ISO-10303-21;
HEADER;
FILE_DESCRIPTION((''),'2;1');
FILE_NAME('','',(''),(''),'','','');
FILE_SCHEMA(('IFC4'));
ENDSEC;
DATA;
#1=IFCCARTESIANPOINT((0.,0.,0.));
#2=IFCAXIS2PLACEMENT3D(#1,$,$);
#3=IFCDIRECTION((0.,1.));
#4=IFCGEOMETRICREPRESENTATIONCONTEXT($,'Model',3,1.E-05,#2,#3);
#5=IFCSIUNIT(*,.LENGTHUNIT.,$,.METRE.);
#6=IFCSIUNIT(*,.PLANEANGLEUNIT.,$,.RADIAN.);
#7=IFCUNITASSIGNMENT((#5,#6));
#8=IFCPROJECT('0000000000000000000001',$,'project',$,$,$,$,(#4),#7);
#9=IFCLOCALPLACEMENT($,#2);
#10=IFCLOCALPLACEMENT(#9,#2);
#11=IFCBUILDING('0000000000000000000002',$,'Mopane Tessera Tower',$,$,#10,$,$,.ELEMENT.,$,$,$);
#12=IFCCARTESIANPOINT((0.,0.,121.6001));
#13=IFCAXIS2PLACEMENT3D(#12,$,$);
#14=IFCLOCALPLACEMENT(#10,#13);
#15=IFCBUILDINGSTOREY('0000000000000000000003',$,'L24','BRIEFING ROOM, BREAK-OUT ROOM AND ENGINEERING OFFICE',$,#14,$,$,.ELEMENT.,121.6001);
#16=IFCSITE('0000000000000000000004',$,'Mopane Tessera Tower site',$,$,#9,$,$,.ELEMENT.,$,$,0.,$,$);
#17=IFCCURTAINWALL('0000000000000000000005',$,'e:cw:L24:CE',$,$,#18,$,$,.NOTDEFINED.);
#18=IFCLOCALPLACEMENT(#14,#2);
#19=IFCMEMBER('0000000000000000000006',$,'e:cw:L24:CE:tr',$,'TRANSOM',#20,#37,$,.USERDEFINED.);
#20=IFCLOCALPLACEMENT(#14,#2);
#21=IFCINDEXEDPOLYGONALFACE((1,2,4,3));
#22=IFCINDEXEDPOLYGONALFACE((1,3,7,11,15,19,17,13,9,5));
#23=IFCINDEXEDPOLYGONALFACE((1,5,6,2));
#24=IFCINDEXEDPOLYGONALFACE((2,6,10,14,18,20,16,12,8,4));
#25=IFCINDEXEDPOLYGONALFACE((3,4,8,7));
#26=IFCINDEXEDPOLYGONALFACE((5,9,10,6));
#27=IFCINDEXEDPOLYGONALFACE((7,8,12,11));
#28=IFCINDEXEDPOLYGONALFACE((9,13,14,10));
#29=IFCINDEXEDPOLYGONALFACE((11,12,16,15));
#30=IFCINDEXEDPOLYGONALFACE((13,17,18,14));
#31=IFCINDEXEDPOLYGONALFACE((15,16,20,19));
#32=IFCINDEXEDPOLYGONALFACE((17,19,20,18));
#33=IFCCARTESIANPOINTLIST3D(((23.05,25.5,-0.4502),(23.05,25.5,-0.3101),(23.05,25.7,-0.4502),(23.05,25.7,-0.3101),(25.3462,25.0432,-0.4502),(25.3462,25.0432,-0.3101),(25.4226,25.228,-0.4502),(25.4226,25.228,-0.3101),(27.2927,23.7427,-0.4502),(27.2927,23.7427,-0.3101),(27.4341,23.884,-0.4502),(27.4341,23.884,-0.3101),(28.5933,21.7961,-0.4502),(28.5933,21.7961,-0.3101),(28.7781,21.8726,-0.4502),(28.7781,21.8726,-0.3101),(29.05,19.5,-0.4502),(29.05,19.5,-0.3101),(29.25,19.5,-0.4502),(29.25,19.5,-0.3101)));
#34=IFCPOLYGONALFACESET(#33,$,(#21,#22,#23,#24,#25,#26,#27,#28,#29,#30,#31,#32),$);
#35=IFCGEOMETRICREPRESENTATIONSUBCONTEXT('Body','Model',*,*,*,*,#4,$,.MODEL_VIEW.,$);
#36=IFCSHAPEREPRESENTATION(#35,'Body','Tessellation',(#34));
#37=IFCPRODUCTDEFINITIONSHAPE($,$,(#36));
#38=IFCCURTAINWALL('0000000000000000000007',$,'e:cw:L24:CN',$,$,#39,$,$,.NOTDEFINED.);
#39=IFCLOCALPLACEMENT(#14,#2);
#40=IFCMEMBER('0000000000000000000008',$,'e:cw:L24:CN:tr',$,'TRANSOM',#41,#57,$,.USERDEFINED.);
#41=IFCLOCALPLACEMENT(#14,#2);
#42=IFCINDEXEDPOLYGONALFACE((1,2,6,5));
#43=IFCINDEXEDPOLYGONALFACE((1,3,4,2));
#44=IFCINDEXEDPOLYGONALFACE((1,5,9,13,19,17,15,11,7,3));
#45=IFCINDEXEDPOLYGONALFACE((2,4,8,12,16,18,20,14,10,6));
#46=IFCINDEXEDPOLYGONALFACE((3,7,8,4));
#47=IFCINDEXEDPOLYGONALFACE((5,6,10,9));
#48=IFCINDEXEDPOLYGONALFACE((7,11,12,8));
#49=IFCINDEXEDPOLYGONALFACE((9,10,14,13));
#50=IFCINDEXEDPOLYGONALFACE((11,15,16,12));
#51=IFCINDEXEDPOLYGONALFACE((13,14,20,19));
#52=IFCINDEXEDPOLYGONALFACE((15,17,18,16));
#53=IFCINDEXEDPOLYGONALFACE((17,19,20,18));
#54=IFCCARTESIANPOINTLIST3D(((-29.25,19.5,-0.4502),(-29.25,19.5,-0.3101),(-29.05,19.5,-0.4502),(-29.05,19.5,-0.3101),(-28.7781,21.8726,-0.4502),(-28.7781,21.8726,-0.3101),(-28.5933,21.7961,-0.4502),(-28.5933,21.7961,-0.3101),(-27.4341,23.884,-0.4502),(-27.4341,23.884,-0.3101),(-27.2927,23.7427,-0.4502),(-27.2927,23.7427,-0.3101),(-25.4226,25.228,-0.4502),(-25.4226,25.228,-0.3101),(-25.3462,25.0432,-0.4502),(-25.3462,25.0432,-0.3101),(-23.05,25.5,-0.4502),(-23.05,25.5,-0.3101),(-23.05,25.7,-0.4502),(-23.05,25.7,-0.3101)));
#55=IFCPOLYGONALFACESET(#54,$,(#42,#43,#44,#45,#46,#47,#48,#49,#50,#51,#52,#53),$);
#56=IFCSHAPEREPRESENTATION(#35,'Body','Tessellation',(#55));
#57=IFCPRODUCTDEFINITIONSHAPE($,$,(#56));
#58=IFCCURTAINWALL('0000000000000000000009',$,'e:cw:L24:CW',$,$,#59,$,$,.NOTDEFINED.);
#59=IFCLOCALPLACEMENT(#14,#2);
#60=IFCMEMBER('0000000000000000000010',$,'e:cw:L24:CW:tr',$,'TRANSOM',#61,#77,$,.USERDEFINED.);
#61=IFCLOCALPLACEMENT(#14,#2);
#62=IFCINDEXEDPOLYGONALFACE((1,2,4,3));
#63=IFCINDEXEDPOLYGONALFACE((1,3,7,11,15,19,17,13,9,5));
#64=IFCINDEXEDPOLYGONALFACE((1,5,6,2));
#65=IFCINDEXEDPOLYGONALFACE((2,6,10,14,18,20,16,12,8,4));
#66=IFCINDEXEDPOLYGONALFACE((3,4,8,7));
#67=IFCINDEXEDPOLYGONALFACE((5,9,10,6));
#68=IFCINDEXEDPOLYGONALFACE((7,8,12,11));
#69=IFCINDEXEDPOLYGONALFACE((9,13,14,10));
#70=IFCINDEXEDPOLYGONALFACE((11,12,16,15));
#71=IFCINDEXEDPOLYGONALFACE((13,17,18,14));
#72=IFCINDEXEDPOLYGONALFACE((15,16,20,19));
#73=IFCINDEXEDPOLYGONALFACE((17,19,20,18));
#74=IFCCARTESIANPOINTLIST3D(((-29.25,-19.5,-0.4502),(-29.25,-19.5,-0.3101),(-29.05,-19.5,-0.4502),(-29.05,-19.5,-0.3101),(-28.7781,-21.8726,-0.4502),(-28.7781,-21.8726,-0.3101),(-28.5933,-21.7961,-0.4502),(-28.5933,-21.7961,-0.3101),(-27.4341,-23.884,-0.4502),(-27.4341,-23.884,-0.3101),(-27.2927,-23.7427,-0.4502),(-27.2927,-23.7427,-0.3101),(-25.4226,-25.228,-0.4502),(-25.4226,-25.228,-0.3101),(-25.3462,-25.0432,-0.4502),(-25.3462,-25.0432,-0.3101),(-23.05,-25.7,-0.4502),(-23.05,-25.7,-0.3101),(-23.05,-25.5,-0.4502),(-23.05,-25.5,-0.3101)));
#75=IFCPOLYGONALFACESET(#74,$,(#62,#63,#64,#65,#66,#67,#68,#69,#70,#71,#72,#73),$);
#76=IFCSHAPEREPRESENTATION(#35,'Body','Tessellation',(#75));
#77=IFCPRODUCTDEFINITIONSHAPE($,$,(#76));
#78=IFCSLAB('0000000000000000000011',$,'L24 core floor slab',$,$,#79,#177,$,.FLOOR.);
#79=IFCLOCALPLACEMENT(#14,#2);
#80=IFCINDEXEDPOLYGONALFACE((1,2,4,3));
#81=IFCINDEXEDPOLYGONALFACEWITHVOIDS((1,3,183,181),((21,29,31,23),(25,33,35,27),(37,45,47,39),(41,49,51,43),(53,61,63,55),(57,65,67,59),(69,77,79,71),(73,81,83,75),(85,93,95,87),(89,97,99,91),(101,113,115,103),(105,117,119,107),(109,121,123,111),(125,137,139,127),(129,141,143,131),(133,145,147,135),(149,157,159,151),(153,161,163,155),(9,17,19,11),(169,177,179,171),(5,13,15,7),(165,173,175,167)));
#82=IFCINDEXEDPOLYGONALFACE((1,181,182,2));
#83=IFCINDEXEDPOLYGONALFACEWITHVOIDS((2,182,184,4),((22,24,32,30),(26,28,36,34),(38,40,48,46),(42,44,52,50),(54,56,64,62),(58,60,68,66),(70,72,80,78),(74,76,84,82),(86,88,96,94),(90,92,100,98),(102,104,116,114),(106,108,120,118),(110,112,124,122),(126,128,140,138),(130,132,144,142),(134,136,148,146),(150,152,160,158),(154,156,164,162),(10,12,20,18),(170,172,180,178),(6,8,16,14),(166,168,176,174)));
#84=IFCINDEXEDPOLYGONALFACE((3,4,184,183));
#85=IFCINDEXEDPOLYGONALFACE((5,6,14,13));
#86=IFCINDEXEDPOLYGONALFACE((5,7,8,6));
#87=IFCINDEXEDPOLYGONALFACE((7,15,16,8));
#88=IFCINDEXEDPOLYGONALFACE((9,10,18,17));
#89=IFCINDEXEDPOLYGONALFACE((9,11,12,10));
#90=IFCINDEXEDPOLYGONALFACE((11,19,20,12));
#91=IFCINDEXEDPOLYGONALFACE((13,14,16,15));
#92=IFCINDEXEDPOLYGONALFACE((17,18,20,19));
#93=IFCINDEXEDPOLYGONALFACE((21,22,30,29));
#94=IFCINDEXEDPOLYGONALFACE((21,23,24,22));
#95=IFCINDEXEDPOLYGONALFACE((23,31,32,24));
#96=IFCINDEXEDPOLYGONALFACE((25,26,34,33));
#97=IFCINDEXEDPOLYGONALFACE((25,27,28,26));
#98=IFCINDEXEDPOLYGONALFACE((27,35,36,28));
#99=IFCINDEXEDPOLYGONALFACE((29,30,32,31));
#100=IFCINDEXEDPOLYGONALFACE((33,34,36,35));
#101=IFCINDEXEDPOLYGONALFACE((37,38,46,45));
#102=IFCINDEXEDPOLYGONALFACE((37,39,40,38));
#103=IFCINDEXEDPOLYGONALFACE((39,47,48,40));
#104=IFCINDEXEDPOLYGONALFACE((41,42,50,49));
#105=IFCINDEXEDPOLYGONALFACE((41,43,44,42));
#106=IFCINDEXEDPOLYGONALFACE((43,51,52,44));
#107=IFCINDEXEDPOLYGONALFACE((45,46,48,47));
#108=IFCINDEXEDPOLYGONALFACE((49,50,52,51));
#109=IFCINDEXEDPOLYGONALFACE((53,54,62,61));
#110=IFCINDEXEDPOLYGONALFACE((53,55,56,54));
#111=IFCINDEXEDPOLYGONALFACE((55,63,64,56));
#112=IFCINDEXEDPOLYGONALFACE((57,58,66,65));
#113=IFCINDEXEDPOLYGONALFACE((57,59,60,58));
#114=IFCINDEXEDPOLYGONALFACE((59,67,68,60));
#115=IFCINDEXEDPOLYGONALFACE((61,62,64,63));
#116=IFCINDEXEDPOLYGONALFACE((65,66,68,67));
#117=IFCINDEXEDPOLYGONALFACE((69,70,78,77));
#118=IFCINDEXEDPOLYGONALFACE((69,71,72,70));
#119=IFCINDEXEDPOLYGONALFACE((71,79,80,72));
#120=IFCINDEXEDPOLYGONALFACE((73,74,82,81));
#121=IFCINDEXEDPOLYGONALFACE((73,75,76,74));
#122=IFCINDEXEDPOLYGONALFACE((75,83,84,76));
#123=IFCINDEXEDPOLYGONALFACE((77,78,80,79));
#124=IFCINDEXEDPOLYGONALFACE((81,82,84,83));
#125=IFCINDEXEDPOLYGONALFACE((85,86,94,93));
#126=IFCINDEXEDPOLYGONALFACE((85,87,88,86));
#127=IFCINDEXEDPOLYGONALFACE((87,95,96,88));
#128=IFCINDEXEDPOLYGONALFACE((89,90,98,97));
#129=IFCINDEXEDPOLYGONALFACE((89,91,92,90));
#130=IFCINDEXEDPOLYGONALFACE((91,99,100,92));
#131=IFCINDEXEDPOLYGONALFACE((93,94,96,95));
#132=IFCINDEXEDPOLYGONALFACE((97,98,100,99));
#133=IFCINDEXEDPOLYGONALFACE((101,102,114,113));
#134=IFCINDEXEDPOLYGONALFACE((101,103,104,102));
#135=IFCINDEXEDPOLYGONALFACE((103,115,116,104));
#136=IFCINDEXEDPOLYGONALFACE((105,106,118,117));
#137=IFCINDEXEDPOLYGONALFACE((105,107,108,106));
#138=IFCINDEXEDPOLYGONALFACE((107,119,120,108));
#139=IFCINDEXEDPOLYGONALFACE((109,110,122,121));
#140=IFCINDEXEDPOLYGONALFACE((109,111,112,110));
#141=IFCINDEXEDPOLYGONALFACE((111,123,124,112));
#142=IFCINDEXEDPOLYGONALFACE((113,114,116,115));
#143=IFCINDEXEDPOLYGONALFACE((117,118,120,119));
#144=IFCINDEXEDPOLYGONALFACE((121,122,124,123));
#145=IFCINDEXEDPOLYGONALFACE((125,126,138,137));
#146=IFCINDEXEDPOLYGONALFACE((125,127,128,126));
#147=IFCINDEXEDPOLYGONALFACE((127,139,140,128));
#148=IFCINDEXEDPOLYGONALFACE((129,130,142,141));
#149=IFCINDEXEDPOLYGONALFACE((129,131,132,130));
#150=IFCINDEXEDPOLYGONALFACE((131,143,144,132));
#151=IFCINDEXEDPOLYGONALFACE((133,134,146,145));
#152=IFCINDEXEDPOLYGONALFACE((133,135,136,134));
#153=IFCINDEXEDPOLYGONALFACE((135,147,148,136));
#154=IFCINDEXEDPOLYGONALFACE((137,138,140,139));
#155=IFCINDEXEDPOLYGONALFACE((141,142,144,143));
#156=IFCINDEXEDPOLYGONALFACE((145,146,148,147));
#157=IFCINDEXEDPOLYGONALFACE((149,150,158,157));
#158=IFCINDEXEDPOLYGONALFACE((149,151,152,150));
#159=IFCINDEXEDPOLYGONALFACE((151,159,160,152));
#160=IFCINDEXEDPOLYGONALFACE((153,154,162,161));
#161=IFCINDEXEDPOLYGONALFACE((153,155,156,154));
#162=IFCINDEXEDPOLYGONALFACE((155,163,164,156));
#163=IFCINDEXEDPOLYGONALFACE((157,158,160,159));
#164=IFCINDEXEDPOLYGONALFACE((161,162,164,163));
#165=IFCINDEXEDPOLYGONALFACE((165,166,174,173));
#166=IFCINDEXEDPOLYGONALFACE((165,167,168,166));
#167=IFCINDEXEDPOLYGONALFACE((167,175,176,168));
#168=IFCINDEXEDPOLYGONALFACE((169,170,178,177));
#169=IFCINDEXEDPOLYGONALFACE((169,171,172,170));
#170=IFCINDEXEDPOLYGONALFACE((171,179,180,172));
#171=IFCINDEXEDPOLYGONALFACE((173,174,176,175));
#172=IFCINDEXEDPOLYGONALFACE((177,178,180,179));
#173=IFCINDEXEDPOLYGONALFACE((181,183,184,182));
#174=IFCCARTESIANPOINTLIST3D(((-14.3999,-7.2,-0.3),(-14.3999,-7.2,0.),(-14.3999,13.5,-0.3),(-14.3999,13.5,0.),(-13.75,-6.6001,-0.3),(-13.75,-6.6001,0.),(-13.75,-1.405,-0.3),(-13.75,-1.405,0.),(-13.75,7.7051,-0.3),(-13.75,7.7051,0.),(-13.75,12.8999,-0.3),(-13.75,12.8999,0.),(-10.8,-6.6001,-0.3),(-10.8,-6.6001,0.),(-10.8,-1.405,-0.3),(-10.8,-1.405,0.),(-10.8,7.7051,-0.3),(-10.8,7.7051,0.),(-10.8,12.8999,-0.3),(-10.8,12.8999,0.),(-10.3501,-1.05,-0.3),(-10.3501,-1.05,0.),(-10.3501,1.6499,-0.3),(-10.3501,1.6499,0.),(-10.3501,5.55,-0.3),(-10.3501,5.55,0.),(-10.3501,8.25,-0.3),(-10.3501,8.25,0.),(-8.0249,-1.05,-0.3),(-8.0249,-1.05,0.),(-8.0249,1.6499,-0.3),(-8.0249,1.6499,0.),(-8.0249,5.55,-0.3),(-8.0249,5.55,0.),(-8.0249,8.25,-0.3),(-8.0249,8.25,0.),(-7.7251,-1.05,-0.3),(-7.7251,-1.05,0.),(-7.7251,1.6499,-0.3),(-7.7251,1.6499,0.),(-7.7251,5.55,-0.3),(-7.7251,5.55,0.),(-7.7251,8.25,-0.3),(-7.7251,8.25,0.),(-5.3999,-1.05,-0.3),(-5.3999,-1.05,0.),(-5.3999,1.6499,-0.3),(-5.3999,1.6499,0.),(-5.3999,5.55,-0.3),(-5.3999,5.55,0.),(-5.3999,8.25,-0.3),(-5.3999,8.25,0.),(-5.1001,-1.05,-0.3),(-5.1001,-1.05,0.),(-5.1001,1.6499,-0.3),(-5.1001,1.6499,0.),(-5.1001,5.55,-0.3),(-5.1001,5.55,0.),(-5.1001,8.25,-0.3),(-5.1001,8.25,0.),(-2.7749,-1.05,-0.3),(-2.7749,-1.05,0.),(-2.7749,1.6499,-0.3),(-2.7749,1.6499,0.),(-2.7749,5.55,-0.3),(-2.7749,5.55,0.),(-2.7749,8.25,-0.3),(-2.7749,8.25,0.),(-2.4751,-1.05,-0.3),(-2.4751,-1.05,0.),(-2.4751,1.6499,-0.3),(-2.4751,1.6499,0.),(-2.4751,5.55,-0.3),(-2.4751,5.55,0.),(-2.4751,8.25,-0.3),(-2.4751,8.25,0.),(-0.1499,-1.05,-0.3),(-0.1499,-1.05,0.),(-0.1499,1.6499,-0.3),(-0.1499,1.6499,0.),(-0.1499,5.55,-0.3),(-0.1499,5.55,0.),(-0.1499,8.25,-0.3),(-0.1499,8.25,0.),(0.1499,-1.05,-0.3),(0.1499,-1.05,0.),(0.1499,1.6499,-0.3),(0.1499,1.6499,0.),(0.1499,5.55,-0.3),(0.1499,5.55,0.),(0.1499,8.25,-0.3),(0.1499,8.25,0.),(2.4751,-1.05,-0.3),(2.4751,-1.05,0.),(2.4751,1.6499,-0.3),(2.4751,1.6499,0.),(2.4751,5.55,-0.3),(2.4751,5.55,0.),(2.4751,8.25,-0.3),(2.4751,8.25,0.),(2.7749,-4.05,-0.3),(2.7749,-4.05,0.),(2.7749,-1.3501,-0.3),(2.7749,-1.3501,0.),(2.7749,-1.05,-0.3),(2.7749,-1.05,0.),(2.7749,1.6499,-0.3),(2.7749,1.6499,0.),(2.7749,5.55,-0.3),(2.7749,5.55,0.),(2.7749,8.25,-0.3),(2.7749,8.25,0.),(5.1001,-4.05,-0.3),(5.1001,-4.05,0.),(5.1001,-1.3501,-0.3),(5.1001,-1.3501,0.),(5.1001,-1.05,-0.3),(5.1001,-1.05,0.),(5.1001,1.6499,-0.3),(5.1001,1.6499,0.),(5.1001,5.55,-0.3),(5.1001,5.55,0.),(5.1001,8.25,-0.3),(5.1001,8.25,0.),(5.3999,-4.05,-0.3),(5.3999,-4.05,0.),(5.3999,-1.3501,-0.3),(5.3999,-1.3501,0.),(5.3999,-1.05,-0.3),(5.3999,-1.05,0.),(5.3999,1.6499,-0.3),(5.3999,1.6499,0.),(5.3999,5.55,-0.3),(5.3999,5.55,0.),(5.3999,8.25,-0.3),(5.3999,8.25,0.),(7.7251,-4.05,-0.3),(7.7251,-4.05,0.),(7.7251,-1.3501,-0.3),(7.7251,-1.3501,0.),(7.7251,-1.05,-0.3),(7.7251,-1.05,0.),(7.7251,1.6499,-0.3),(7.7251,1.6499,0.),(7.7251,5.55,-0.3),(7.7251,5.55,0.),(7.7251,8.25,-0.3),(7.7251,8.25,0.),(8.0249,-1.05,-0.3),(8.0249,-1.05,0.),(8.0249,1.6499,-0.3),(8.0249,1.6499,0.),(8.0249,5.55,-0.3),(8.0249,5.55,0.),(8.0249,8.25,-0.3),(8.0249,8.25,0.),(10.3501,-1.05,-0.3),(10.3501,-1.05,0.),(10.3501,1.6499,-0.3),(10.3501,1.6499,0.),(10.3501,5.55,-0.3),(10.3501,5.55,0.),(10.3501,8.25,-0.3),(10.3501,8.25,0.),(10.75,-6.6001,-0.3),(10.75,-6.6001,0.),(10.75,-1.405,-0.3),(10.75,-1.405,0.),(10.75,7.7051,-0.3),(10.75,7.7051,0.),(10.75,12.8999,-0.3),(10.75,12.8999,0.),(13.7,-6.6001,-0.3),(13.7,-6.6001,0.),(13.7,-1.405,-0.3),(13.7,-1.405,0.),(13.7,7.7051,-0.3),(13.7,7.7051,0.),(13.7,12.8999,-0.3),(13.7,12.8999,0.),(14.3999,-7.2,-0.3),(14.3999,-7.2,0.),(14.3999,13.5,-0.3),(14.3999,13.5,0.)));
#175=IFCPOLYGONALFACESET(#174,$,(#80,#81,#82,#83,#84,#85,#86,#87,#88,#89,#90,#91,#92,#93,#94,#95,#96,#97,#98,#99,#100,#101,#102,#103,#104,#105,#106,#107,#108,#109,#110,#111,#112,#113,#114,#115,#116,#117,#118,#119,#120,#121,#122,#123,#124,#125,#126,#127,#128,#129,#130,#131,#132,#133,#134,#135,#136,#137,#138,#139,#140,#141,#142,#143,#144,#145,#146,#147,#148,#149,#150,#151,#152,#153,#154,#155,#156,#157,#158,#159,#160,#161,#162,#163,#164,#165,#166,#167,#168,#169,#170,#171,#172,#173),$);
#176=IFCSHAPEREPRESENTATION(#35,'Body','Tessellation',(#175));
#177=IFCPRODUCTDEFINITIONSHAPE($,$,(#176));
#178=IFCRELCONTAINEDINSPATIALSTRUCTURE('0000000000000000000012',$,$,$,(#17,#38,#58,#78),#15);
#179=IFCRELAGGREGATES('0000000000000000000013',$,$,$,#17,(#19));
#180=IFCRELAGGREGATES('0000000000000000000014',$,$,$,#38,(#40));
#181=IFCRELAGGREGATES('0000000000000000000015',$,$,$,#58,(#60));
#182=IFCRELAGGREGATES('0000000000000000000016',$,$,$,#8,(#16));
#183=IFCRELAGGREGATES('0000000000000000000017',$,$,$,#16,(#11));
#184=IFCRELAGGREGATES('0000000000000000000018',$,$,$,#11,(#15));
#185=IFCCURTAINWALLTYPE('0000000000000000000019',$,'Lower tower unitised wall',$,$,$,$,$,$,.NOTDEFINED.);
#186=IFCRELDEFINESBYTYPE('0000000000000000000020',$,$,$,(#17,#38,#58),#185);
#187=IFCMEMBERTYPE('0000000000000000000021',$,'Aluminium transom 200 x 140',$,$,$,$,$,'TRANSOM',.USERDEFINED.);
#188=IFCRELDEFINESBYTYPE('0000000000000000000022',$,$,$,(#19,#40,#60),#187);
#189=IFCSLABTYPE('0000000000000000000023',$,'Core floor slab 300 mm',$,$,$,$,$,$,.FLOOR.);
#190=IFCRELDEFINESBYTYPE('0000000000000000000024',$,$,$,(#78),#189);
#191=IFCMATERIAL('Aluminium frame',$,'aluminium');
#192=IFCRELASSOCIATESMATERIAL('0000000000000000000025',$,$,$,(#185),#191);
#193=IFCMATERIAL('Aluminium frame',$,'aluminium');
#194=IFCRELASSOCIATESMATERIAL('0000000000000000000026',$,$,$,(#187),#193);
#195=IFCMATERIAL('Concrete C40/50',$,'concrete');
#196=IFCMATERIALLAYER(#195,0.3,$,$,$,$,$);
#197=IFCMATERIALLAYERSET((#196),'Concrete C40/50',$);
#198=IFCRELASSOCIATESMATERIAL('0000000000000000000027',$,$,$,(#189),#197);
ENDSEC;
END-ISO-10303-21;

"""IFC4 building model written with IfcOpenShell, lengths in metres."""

from ifc_helpers import new_model, si_unit, direction, frame, origin, origin_2d, place, context, subcontext, project, spatial, polyline, rectangle, outline, extrude, material, layer, layer_set, material_profile, profile_set, type_object, element, aggregate, save


model = new_model("IFC4")

# Units and contexts
model_context = context("Model", 3, precision=1e-05, world=origin(), true_north=direction((0.0, 1.0)))
body_context = subcontext(model_context, "Body", "Model", "MODEL_VIEW")
ifc_project = project(units=[si_unit("LENGTHUNIT", "METRE"), si_unit("PLANEANGLEUNIT", "RADIAN")], contexts=[model_context])

# Site, building, storey
site_placement = place(None, origin())
site = spatial("IfcSite", under=ifc_project, at=site_placement, Name="Mopane Tessera Tower site", CompositionType="ELEMENT", RefElevation=0.0)
building_placement = place(site_placement, origin())
building = spatial("IfcBuilding", under=site, at=building_placement, Name="Mopane Tessera Tower", CompositionType="ELEMENT")
storey_placement = place(building_placement, frame((0.0, 0.0, 121.6001)))
storey = spatial("IfcBuildingStorey", under=building, at=storey_placement, Name="L24", Description="BRIEFING ROOM, BREAK-OUT ROOM AND ENGINEERING OFFICE", CompositionType="ELEMENT", Elevation=121.6001)

# Curtain walls, members
ifc_material_1 = material(Name="Aluminium frame", Category="aluminium")
curtain_wall_type = type_object("IfcCurtainWallType", Name="Lower tower unitised wall", PredefinedType="NOTDEFINED", material=ifc_material_1)
curtain_wall_1_placement = place(storey_placement, origin())
curtain_wall_1 = element("IfcCurtainWall", 1, at=curtain_wall_1_placement, inside=storey, type_object=curtain_wall_type, Name="e:cw:L24:CE", PredefinedType="NOTDEFINED")
ifc_material_2 = material(Name="Aluminium frame", Category="aluminium")
ifc_material_profile = material_profile(ifc_material_2, rectangle(XDim=0.2, YDim=0.1399, at=origin_2d()))
ifc_profile_set = profile_set([ifc_material_profile], Name="Aluminium frame")
member_type = type_object("IfcMemberType", Name="Aluminium transom 200 x 140", ElementType="TRANSOM", PredefinedType="USERDEFINED", material=ifc_profile_set)
member_1_placement = place(storey_placement, frame((0.0, 0.0, -0.4502)))
member_1 = element("IfcMember", 2, at=member_1_placement, type_object=member_type, Name="e:cw:L24:CE:tr", ObjectType="TRANSOM", PredefinedType="USERDEFINED", context=body_context, shape_type="SweptSolid", body=[
    extrude(outline(polyline([(29.05, 19.5), (28.5933, 21.7961), (27.2927, 23.7427), (25.3462, 25.0432), (23.05, 25.5), (23.05, 25.7), (25.4226, 25.228), (27.4341, 23.884), (28.7781, 21.8726), (29.25, 19.5), (29.05, 19.5)])), origin(), (0.0, 0.0, 1.0), 0.1401),
])
curtain_wall_2_placement = place(storey_placement, origin())
curtain_wall_2 = element("IfcCurtainWall", 3, at=curtain_wall_2_placement, inside=storey, type_object=curtain_wall_type, Name="e:cw:L24:CN", PredefinedType="NOTDEFINED")
member_2_placement = place(storey_placement, frame((0.0, 0.0, -0.4502)))
member_2 = element("IfcMember", 4, at=member_2_placement, type_object=member_type, Name="e:cw:L24:CN:tr", ObjectType="TRANSOM", PredefinedType="USERDEFINED", context=body_context, shape_type="SweptSolid", body=[
    extrude(outline(polyline([(-23.05, 25.5), (-25.3462, 25.0432), (-27.2927, 23.7427), (-28.5933, 21.7961), (-29.05, 19.5), (-29.25, 19.5), (-28.7781, 21.8726), (-27.4341, 23.884), (-25.4226, 25.228), (-23.05, 25.7), (-23.05, 25.5)])), origin(), (0.0, 0.0, 1.0), 0.1401),
])
curtain_wall_3_placement = place(storey_placement, origin())
curtain_wall_3 = element("IfcCurtainWall", 5, at=curtain_wall_3_placement, inside=storey, type_object=curtain_wall_type, Name="e:cw:L24:CW", PredefinedType="NOTDEFINED")
member_3_placement = place(storey_placement, frame((0.0, 0.0, -0.4502)))
member_3 = element("IfcMember", 6, at=member_3_placement, type_object=member_type, Name="e:cw:L24:CW:tr", ObjectType="TRANSOM", PredefinedType="USERDEFINED", context=body_context, shape_type="SweptSolid", body=[
    extrude(outline(polyline([(-29.05, -19.5), (-28.5933, -21.7961), (-27.2927, -23.7427), (-25.3462, -25.0432), (-23.05, -25.5), (-23.05, -25.7), (-25.4226, -25.228), (-27.4341, -23.884), (-28.7781, -21.8726), (-29.25, -19.5), (-29.05, -19.5)])), origin(), (0.0, 0.0, 1.0), 0.1401),
])

# Slab
ifc_material_3 = material(Name="Concrete C40/50", Category="concrete")
ifc_layer_1 = layer(ifc_material_3, 0.3)
ifc_layer_set_1 = layer_set([ifc_layer_1], Name="Concrete C40/50")
slab_type_1 = type_object("IfcSlabType", Name="Core floor slab 300 mm", PredefinedType="FLOOR", material=ifc_layer_set_1)
slab_1_placement = place(storey_placement, frame((0.0, 0.0, -0.3)))
element("IfcSlab", 7, at=slab_1_placement, inside=storey, type_object=slab_type_1, Name="L24 core floor slab", PredefinedType="FLOOR", context=body_context, shape_type="SweptSolid", body=[
    extrude(outline(polyline([(-14.3999, -7.2), (14.3999, -7.2), (14.3999, 13.5), (-14.3999, 13.5), (-14.3999, -7.2)]), holes=[polyline([(-10.3501, -1.05), (-8.0249, -1.05), (-8.0249, 1.6499), (-10.3501, 1.6499), (-10.3501, -1.05)]), polyline([(-7.7251, -1.05), (-5.3999, -1.05), (-5.3999, 1.6499), (-7.7251, 1.6499), (-7.7251, -1.05)]), polyline([(-5.1001, -1.05), (-2.7749, -1.05), (-2.7749, 1.6499), (-5.1001, 1.6499), (-5.1001, -1.05)]), polyline([(-2.4751, -1.05), (-0.1499, -1.05), (-0.1499, 1.6499), (-2.4751, 1.6499), (-2.4751, -1.05)]), polyline([(0.1499, -1.05), (2.4751, -1.05), (2.4751, 1.6499), (0.1499, 1.6499), (0.1499, -1.05)]), polyline([(2.7749, -1.05), (5.1001, -1.05), (5.1001, 1.6499), (2.7749, 1.6499), (2.7749, -1.05)]), polyline([(5.3999, -1.05), (7.7251, -1.05), (7.7251, 1.6499), (5.3999, 1.6499), (5.3999, -1.05)]), polyline([(8.0249, -1.05), (10.3501, -1.05), (10.3501, 1.6499), (8.0249, 1.6499), (8.0249, -1.05)]), polyline([(-10.3501, 5.55), (-8.0249, 5.55), (-8.0249, 8.25), (-10.3501, 8.25), (-10.3501, 5.55)]), polyline([(-7.7251, 5.55), (-5.3999, 5.55), (-5.3999, 8.25), (-7.7251, 8.25), (-7.7251, 5.55)]), polyline([(-5.1001, 5.55), (-2.7749, 5.55), (-2.7749, 8.25), (-5.1001, 8.25), (-5.1001, 5.55)]), polyline([(-2.4751, 5.55), (-0.1499, 5.55), (-0.1499, 8.25), (-2.4751, 8.25), (-2.4751, 5.55)]), polyline([(0.1499, 5.55), (2.4751, 5.55), (2.4751, 8.25), (0.1499, 8.25), (0.1499, 5.55)]), polyline([(2.7749, 5.55), (5.1001, 5.55), (5.1001, 8.25), (2.7749, 8.25), (2.7749, 5.55)]), polyline([(5.3999, 5.55), (7.7251, 5.55), (7.7251, 8.25), (5.3999, 8.25), (5.3999, 5.55)]), polyline([(8.0249, 5.55), (10.3501, 5.55), (10.3501, 8.25), (8.0249, 8.25), (8.0249, 5.55)]), polyline([(2.7749, -4.05), (5.1001, -4.05), (5.1001, -1.3501), (2.7749, -1.3501), (2.7749, -4.05)]), polyline([(5.3999, -4.05), (7.7251, -4.05), (7.7251, -1.3501), (5.3999, -1.3501), (5.3999, -4.05)]), polyline([(-13.75, -1.405), (-13.75, -6.6001), (-10.8, -6.6001), (-10.8, -1.405), (-13.75, -1.405)]), polyline([(-10.8, 7.7051), (-10.8, 12.8999), (-13.75, 12.8999), (-13.75, 7.7051), (-10.8, 7.7051)]), polyline([(10.75, -1.405), (10.75, -6.6001), (13.7, -6.6001), (13.7, -1.405), (10.75, -1.405)]), polyline([(13.7, 7.7051), (13.7, 12.8999), (10.75, 12.8999), (10.75, 7.7051), (13.7, 7.7051)])]), origin(), (0.0, 0.0, 1.0), 0.3),
])

aggregate(curtain_wall_1, [member_1])
aggregate(curtain_wall_2, [member_2])
aggregate(curtain_wall_3, [member_3])

save(model, "model.ifc")
